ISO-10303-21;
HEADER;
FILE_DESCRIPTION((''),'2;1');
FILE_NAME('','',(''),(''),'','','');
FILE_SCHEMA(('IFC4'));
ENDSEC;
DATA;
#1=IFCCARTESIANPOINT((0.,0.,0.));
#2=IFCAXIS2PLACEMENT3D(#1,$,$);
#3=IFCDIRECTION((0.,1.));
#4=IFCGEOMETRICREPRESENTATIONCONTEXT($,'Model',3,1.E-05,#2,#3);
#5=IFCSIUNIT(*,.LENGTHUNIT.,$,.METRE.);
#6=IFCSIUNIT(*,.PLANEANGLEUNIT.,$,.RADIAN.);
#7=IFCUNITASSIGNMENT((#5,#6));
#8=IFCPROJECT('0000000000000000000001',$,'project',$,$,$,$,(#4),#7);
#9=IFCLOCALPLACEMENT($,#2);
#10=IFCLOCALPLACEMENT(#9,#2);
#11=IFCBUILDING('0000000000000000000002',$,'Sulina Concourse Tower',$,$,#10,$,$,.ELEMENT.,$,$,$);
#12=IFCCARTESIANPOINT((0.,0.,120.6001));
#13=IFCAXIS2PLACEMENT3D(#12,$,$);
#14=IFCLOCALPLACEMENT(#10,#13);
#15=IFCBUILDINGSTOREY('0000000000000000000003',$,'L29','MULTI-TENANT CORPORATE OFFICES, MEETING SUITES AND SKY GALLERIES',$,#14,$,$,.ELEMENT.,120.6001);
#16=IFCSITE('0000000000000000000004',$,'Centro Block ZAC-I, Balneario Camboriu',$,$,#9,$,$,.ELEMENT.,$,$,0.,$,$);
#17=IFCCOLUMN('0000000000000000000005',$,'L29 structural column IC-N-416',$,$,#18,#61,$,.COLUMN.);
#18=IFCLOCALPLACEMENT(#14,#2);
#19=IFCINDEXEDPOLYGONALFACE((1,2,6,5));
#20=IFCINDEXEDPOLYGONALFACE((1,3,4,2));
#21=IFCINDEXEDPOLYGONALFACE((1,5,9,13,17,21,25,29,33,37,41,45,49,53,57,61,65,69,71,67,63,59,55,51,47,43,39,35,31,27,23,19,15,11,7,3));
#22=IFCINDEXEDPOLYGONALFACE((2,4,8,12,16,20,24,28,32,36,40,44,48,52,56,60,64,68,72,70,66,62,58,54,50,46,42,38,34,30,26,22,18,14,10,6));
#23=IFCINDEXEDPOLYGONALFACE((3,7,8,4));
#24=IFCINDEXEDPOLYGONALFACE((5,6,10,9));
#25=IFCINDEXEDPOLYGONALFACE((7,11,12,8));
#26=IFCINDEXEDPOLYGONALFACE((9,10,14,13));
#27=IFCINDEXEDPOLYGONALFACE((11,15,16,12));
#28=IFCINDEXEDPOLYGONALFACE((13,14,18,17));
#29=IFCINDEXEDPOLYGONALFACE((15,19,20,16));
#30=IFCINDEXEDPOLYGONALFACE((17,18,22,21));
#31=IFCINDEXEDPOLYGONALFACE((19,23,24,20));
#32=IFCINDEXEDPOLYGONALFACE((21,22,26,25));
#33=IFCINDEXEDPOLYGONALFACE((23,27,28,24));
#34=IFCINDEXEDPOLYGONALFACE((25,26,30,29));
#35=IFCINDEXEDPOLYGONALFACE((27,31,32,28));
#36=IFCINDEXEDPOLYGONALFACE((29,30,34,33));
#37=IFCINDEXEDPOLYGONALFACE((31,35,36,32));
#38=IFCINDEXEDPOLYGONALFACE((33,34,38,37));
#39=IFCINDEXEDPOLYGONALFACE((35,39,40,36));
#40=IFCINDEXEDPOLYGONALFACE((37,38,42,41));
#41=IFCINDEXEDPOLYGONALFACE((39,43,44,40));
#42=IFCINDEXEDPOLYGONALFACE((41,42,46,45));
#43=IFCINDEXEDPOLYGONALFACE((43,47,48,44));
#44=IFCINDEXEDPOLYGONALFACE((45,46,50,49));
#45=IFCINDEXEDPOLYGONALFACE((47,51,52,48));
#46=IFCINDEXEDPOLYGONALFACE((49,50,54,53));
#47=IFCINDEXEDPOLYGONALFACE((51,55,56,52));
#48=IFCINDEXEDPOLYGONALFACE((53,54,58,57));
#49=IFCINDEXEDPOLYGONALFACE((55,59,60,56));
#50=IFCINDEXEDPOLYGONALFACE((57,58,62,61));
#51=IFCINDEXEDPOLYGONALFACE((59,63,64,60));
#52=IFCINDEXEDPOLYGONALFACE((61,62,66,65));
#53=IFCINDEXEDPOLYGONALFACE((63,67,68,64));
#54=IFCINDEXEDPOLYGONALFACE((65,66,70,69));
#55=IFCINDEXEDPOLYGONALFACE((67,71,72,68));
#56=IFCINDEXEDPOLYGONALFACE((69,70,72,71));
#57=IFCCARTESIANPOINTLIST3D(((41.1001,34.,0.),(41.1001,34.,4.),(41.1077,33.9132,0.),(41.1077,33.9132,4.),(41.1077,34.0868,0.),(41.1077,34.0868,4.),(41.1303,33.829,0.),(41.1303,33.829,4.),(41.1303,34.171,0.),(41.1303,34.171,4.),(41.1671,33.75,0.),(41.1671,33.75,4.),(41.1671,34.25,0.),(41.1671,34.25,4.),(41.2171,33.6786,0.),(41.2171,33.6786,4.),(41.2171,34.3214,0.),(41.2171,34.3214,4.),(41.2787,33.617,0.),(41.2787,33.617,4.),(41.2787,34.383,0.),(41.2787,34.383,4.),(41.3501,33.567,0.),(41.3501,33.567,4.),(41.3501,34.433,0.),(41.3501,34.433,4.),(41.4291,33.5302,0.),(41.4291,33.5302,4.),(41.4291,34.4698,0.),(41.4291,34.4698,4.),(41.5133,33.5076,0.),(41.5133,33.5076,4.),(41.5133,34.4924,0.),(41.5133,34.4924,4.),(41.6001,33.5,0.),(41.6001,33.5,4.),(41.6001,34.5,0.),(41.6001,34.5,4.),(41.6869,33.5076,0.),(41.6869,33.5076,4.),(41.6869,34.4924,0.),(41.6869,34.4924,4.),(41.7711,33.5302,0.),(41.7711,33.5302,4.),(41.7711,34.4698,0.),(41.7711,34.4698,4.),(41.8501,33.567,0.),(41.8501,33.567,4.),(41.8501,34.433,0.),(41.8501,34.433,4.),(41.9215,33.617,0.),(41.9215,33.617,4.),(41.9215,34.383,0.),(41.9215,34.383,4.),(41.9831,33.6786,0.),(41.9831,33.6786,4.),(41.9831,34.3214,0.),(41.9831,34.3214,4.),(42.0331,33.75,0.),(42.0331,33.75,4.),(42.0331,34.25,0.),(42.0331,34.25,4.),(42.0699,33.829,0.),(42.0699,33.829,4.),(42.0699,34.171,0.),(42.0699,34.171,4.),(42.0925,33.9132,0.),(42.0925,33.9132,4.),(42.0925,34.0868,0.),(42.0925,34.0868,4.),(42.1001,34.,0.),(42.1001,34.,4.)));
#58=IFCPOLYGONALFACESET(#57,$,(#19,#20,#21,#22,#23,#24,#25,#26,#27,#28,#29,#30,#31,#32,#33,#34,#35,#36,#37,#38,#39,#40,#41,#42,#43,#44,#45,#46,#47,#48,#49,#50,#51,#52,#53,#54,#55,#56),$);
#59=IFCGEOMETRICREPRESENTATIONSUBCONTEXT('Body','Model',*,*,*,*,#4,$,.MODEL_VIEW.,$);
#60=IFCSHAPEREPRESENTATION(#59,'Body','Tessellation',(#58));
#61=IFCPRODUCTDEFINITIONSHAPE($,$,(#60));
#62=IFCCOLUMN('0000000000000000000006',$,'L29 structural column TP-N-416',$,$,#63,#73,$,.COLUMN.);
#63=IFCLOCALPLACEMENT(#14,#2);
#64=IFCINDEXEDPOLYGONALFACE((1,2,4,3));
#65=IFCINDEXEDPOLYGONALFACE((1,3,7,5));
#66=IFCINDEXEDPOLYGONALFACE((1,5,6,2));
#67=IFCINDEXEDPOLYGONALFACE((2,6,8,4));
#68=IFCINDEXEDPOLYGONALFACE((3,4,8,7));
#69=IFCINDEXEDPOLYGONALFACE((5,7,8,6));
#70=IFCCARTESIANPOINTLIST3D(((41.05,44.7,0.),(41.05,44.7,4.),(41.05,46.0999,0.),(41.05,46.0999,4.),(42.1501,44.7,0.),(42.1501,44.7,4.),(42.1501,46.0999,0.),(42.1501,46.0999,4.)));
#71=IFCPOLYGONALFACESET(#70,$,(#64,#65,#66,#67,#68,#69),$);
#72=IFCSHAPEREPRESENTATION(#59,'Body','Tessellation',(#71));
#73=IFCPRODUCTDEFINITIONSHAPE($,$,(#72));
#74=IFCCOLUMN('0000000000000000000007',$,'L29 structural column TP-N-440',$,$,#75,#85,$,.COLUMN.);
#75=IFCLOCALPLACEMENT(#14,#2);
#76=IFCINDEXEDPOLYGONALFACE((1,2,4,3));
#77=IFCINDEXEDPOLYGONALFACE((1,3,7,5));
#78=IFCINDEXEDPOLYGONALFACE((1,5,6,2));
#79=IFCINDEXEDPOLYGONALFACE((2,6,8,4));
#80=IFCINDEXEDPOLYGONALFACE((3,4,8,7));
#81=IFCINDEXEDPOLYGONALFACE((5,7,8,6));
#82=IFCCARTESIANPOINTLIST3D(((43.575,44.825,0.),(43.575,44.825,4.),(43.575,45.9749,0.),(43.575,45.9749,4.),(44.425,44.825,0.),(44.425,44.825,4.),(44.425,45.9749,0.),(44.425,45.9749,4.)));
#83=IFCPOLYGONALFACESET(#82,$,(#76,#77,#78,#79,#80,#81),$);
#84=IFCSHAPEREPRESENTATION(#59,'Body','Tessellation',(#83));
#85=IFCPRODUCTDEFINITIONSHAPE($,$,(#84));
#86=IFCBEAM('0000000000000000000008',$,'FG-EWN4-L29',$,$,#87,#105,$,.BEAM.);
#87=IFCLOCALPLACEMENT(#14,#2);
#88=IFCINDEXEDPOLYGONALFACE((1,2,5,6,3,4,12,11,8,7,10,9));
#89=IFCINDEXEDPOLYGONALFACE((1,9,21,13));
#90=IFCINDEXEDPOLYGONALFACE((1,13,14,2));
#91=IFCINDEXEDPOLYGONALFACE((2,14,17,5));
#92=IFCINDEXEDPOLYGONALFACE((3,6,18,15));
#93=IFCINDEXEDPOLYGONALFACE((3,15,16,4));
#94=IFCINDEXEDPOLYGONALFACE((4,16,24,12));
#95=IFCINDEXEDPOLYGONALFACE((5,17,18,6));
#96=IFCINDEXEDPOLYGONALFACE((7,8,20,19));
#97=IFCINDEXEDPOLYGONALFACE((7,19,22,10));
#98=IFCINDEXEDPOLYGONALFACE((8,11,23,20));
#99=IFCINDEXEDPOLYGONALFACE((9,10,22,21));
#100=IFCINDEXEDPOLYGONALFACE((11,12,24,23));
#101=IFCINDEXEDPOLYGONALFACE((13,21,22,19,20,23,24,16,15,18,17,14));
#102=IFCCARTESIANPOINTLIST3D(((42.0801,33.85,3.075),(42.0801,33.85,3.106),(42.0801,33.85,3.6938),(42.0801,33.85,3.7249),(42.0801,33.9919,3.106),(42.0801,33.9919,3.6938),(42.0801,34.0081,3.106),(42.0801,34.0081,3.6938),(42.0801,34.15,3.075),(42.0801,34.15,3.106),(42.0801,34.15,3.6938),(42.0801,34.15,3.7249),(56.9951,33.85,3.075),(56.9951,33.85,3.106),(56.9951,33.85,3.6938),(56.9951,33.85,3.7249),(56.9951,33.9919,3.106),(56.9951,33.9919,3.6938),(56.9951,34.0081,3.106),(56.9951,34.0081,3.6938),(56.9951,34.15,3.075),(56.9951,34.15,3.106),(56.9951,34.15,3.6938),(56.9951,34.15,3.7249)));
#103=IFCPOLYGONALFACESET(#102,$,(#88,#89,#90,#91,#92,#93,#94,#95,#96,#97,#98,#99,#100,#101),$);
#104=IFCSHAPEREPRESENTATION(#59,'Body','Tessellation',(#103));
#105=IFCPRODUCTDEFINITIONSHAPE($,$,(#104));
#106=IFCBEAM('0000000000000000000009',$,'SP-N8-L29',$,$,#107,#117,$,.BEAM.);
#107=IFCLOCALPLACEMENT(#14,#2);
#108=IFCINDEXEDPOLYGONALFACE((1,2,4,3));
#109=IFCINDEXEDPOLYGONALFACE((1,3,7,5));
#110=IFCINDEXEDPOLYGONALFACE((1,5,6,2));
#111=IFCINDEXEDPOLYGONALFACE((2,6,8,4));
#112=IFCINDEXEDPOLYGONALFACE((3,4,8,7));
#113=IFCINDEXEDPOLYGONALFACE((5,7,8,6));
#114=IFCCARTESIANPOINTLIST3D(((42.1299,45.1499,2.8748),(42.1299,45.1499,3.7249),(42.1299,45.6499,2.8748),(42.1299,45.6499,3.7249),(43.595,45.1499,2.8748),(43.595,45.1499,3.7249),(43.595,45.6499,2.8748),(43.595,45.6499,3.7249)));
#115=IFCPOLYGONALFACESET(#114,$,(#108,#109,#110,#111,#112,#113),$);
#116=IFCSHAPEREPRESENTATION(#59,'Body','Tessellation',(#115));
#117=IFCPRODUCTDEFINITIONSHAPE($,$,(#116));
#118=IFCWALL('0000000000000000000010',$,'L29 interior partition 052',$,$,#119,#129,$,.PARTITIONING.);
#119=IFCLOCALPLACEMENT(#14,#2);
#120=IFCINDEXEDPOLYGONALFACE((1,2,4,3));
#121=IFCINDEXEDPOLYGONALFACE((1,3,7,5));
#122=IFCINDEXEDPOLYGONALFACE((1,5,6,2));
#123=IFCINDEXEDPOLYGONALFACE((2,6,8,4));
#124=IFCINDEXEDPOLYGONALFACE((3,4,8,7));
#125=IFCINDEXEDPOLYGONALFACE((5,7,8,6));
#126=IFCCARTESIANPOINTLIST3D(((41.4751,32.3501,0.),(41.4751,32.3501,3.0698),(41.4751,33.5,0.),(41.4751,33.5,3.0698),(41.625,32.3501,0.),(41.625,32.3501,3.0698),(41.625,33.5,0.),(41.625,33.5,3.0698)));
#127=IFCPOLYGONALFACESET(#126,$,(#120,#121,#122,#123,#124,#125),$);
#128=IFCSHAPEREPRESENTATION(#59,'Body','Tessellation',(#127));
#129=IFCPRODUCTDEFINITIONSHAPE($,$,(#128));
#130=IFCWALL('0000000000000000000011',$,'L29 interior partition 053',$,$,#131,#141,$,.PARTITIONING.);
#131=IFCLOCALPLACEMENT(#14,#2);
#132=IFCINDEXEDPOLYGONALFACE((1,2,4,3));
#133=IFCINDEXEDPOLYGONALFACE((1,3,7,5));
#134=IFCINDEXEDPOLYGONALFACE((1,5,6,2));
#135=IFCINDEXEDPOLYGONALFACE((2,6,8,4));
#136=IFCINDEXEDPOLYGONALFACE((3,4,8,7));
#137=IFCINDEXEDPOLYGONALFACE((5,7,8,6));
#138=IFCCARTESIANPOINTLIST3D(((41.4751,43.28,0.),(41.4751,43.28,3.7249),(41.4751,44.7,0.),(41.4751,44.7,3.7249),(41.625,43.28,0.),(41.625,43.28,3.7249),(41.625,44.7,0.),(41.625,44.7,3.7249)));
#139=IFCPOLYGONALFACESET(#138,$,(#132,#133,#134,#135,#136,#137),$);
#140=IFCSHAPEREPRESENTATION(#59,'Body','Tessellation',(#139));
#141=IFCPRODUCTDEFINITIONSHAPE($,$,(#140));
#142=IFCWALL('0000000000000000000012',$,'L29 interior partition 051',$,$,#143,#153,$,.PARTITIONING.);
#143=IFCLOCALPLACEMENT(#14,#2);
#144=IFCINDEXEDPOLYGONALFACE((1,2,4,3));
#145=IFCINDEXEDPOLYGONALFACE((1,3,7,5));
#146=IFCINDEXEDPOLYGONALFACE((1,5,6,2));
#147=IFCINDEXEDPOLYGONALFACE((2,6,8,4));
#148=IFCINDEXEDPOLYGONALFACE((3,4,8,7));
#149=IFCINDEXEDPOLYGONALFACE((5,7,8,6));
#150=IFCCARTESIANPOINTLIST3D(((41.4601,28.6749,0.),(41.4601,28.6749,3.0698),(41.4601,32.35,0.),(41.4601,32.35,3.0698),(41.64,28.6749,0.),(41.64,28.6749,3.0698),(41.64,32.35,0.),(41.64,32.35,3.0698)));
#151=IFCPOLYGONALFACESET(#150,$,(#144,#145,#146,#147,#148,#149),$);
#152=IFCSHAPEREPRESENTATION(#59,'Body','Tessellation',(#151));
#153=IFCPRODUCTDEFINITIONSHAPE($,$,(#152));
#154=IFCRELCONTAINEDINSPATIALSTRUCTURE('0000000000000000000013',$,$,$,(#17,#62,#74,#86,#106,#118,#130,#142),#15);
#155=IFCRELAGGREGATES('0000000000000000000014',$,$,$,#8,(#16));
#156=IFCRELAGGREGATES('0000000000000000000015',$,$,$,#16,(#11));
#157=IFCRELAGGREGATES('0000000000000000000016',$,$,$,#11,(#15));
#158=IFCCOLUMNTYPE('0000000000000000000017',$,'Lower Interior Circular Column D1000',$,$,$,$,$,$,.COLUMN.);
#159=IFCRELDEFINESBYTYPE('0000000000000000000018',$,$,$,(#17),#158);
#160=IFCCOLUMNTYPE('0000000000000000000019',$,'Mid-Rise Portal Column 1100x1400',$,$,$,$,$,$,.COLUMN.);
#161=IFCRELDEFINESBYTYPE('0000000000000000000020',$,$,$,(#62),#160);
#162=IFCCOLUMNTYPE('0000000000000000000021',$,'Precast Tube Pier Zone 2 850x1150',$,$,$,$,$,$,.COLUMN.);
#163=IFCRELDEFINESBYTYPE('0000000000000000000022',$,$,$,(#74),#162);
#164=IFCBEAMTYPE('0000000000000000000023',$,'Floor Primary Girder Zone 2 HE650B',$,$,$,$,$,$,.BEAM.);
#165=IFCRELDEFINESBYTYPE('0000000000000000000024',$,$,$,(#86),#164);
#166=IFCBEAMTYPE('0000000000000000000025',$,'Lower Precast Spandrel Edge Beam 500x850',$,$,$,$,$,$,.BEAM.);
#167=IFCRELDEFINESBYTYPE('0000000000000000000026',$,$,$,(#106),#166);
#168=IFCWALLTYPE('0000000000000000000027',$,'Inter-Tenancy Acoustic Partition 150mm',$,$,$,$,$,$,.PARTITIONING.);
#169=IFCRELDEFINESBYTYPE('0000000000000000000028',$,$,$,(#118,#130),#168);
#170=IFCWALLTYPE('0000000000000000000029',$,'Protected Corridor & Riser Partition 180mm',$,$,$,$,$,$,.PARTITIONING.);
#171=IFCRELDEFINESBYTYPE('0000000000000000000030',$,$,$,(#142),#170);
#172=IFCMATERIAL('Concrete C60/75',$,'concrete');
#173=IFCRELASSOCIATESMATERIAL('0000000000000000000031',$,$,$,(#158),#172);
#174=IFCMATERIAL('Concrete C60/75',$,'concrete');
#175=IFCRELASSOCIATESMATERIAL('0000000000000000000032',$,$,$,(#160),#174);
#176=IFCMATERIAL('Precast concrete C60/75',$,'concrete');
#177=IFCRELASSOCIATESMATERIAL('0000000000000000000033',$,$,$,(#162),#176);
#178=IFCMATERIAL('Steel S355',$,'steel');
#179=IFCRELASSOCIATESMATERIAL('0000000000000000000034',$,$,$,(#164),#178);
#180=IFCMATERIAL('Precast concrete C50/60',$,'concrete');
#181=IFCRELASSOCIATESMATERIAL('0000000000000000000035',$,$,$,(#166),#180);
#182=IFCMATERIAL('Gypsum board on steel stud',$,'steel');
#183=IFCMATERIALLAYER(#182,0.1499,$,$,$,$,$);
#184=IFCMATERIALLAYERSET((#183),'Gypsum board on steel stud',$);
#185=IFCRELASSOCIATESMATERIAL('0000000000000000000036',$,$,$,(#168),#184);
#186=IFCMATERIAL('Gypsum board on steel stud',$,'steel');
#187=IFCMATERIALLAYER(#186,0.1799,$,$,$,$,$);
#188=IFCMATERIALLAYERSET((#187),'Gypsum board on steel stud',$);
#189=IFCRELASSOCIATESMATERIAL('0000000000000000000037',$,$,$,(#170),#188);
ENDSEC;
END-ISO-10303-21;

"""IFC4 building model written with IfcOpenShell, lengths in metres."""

from ifc_helpers import new_model, si_unit, direction, frame, frame_2d, origin, origin_2d, place, context, subcontext, project, spatial, rectangle, circle, i_section, extrude, material, layer, layer_set, material_profile, profile_set, type_object, element, save


model = new_model("IFC4")

# Units and contexts
model_context = context("Model", 3, precision=1e-05, world=origin(), true_north=direction((0.0, 1.0)))
body_context = subcontext(model_context, "Body", "Model", "MODEL_VIEW")
ifc_project = project(units=[si_unit("LENGTHUNIT", "METRE"), si_unit("PLANEANGLEUNIT", "RADIAN")], contexts=[model_context])

# Site, building, storey
site_placement = place(None, origin())
site = spatial("IfcSite", under=ifc_project, at=site_placement, Name="Centro Block ZAC-I, Balneario Camboriu", CompositionType="ELEMENT", RefElevation=0.0)
building_placement = place(site_placement, origin())
building = spatial("IfcBuilding", under=site, at=building_placement, Name="Sulina Concourse Tower", CompositionType="ELEMENT")
storey_placement = place(building_placement, frame((0.0, 0.0, 120.6001)))
storey = spatial("IfcBuildingStorey", under=building, at=storey_placement, Name="L29", Description="MULTI-TENANT CORPORATE OFFICES, MEETING SUITES AND SKY GALLERIES", CompositionType="ELEMENT", Elevation=120.6001)

# Columns
ifc_material_1 = material(Name="Concrete C60/75", Category="concrete")
ifc_material_profile_1 = material_profile(ifc_material_1, circle(Radius=0.5, at=origin_2d()), Name="RC D1000")
ifc_profile_set_1 = profile_set([ifc_material_profile_1], Name="Concrete C60/75")
column_type_1 = type_object("IfcColumnType", Name="Lower Interior Circular Column D1000", PredefinedType="COLUMN", material=ifc_profile_set_1)
column_1_placement = place(storey_placement, frame((41.6001, 34.0, 0.0), z_axis=(0.0, 0.0, 1.0), x_axis=(1.0, 0.0, 0.0)))
element("IfcColumn", 1, at=column_1_placement, inside=storey, type_object=column_type_1, Name="L29 structural column IC-N-416", PredefinedType="COLUMN", context=body_context, shape_type="SweptSolid", body=[
    extrude(circle(Radius=0.5, at=origin_2d()), origin(), (0.0, 0.0, 1.0), 4.0),
])
ifc_material_2 = material(Name="Concrete C60/75", Category="concrete")
ifc_material_profile_2 = material_profile(ifc_material_2, rectangle(XDim=1.1001, YDim=1.3999, at=origin_2d()), Name="RC 1100x1400")
ifc_profile_set_2 = profile_set([ifc_material_profile_2], Name="Concrete C60/75")
column_type_2 = type_object("IfcColumnType", Name="Mid-Rise Portal Column 1100x1400", PredefinedType="COLUMN", material=ifc_profile_set_2)
column_2_placement = place(storey_placement, frame((41.6001, 45.3999, 0.0), z_axis=(0.0, 0.0, 1.0), x_axis=(1.0, 0.0, 0.0)))
element("IfcColumn", 2, at=column_2_placement, inside=storey, type_object=column_type_2, Name="L29 structural column TP-N-416", PredefinedType="COLUMN", context=body_context, shape_type="SweptSolid", body=[
    extrude(rectangle(XDim=1.1001, YDim=1.3999, at=origin_2d()), origin(), (0.0, 0.0, 1.0), 4.0),
])
ifc_material_3 = material(Name="Precast concrete C60/75", Category="concrete")
ifc_material_profile_3 = material_profile(ifc_material_3, rectangle(XDim=0.8501, YDim=1.1499, at=origin_2d()), Name="PC 850x1150")
ifc_profile_set_3 = profile_set([ifc_material_profile_3], Name="Precast concrete C60/75")
column_type_3 = type_object("IfcColumnType", Name="Precast Tube Pier Zone 2 850x1150", PredefinedType="COLUMN", material=ifc_profile_set_3)
column_3_placement = place(storey_placement, frame((44.0, 45.3999, 0.0), z_axis=(0.0, 0.0, 1.0), x_axis=(1.0, 0.0, 0.0)))
element("IfcColumn", 3, at=column_3_placement, inside=storey, type_object=column_type_3, Name="L29 structural column TP-N-440", PredefinedType="COLUMN", context=body_context, shape_type="SweptSolid", body=[
    extrude(rectangle(XDim=0.8501, YDim=1.1499, at=origin_2d()), origin(), (0.0, 0.0, 1.0), 4.0),
])

# Beams
ifc_material_4 = material(Name="Steel S355", Category="steel")
ifc_material_profile_4 = material_profile(ifc_material_4, i_section(OverallWidth=0.3, OverallDepth=0.6499, WebThickness=0.0161, FlangeThickness=0.031, at=origin_2d()), Name="HE 650 B")
ifc_profile_set_4 = profile_set([ifc_material_profile_4], Name="Steel S355")
beam_type_1 = type_object("IfcBeamType", Name="Floor Primary Girder Zone 2 HE650B", PredefinedType="BEAM", material=ifc_profile_set_4)
beam_1_placement = place(storey_placement, frame((42.0801, 34.0, 3.3999), z_axis=(1.0, 0.0, 0.0), x_axis=(0.0, 1.0, 0.0)))
element("IfcBeam", 4, at=beam_1_placement, inside=storey, type_object=beam_type_1, Name="FG-EWN4-L29", PredefinedType="BEAM", context=body_context, shape_type="SweptSolid", body=[
    extrude(i_section(OverallWidth=0.3, OverallDepth=0.6499, WebThickness=0.0161, FlangeThickness=0.031, at=origin_2d()), origin(), (0.0, 0.0, 1.0), 14.915),
])
ifc_material_5 = material(Name="Precast concrete C50/60", Category="concrete")
ifc_material_profile_5 = material_profile(ifc_material_5, rectangle(XDim=0.5, YDim=0.8501, at=origin_2d()), Name="RC 500x850")
ifc_profile_set_5 = profile_set([ifc_material_profile_5], Name="Precast concrete C50/60")
beam_type_2 = type_object("IfcBeamType", Name="Lower Precast Spandrel Edge Beam 500x850", PredefinedType="BEAM", material=ifc_profile_set_5)
beam_2_placement = place(storey_placement, frame((42.1299, 45.3999, 3.2998), z_axis=(1.0, 0.0, 0.0), x_axis=(0.0, 1.0, 0.0)))
element("IfcBeam", 5, at=beam_2_placement, inside=storey, type_object=beam_type_2, Name="SP-N8-L29", PredefinedType="BEAM", context=body_context, shape_type="SweptSolid", body=[
    extrude(rectangle(XDim=0.5, YDim=0.8501, at=origin_2d()), origin(), (0.0, 0.0, 1.0), 1.4651),
])

# Walls
ifc_material_6 = material(Name="Gypsum board on steel stud", Category="steel")
ifc_layer_1 = layer(ifc_material_6, 0.1499)
ifc_layer_set_1 = layer_set([ifc_layer_1], Name="Gypsum board on steel stud")
wall_type_1 = type_object("IfcWallType", Name="Inter-Tenancy Acoustic Partition 150mm", PredefinedType="PARTITIONING", material=ifc_layer_set_1)
wall_1_placement = place(storey_placement, frame((41.55, 32.3501, 0.0), z_axis=(0.0, 0.0, 1.0), x_axis=(0.0, 1.0, 0.0)))
element("IfcWall", 6, at=wall_1_placement, inside=storey, type_object=wall_type_1, Name="L29 interior partition 052", PredefinedType="PARTITIONING", context=body_context, shape_type="SweptSolid", body=[
    extrude(rectangle(XDim=1.1499, YDim=0.1499, at=frame_2d((0.575, 0.0))), origin(), (0.0, 0.0, 1.0), 3.0698),
])
wall_2_placement = place(storey_placement, frame((41.55, 43.28, 0.0), z_axis=(0.0, 0.0, 1.0), x_axis=(0.0, 1.0, 0.0)))
element("IfcWall", 7, at=wall_2_placement, inside=storey, type_object=wall_type_1, Name="L29 interior partition 053", PredefinedType="PARTITIONING", context=body_context, shape_type="SweptSolid", body=[
    extrude(rectangle(XDim=1.4199, YDim=0.1499, at=frame_2d((0.71, 0.0))), origin(), (0.0, 0.0, 1.0), 3.7249),
])
ifc_material_7 = material(Name="Gypsum board on steel stud", Category="steel")
ifc_layer_2 = layer(ifc_material_7, 0.1799)
ifc_layer_set_2 = layer_set([ifc_layer_2], Name="Gypsum board on steel stud")
wall_type_2 = type_object("IfcWallType", Name="Protected Corridor & Riser Partition 180mm", PredefinedType="PARTITIONING", material=ifc_layer_set_2)
wall_3_placement = place(storey_placement, frame((41.55, 28.675, 0.0), z_axis=(0.0, 0.0, 1.0), x_axis=(0.0, 1.0, 0.0)))
element("IfcWall", 8, at=wall_3_placement, inside=storey, type_object=wall_type_2, Name="L29 interior partition 051", PredefinedType="PARTITIONING", context=body_context, shape_type="SweptSolid", body=[
    extrude(rectangle(XDim=3.675, YDim=0.1799, at=frame_2d((1.8374, 0.0))), origin(), (0.0, 0.0, 1.0), 3.0698),
])

save(model, "model.ifc")
